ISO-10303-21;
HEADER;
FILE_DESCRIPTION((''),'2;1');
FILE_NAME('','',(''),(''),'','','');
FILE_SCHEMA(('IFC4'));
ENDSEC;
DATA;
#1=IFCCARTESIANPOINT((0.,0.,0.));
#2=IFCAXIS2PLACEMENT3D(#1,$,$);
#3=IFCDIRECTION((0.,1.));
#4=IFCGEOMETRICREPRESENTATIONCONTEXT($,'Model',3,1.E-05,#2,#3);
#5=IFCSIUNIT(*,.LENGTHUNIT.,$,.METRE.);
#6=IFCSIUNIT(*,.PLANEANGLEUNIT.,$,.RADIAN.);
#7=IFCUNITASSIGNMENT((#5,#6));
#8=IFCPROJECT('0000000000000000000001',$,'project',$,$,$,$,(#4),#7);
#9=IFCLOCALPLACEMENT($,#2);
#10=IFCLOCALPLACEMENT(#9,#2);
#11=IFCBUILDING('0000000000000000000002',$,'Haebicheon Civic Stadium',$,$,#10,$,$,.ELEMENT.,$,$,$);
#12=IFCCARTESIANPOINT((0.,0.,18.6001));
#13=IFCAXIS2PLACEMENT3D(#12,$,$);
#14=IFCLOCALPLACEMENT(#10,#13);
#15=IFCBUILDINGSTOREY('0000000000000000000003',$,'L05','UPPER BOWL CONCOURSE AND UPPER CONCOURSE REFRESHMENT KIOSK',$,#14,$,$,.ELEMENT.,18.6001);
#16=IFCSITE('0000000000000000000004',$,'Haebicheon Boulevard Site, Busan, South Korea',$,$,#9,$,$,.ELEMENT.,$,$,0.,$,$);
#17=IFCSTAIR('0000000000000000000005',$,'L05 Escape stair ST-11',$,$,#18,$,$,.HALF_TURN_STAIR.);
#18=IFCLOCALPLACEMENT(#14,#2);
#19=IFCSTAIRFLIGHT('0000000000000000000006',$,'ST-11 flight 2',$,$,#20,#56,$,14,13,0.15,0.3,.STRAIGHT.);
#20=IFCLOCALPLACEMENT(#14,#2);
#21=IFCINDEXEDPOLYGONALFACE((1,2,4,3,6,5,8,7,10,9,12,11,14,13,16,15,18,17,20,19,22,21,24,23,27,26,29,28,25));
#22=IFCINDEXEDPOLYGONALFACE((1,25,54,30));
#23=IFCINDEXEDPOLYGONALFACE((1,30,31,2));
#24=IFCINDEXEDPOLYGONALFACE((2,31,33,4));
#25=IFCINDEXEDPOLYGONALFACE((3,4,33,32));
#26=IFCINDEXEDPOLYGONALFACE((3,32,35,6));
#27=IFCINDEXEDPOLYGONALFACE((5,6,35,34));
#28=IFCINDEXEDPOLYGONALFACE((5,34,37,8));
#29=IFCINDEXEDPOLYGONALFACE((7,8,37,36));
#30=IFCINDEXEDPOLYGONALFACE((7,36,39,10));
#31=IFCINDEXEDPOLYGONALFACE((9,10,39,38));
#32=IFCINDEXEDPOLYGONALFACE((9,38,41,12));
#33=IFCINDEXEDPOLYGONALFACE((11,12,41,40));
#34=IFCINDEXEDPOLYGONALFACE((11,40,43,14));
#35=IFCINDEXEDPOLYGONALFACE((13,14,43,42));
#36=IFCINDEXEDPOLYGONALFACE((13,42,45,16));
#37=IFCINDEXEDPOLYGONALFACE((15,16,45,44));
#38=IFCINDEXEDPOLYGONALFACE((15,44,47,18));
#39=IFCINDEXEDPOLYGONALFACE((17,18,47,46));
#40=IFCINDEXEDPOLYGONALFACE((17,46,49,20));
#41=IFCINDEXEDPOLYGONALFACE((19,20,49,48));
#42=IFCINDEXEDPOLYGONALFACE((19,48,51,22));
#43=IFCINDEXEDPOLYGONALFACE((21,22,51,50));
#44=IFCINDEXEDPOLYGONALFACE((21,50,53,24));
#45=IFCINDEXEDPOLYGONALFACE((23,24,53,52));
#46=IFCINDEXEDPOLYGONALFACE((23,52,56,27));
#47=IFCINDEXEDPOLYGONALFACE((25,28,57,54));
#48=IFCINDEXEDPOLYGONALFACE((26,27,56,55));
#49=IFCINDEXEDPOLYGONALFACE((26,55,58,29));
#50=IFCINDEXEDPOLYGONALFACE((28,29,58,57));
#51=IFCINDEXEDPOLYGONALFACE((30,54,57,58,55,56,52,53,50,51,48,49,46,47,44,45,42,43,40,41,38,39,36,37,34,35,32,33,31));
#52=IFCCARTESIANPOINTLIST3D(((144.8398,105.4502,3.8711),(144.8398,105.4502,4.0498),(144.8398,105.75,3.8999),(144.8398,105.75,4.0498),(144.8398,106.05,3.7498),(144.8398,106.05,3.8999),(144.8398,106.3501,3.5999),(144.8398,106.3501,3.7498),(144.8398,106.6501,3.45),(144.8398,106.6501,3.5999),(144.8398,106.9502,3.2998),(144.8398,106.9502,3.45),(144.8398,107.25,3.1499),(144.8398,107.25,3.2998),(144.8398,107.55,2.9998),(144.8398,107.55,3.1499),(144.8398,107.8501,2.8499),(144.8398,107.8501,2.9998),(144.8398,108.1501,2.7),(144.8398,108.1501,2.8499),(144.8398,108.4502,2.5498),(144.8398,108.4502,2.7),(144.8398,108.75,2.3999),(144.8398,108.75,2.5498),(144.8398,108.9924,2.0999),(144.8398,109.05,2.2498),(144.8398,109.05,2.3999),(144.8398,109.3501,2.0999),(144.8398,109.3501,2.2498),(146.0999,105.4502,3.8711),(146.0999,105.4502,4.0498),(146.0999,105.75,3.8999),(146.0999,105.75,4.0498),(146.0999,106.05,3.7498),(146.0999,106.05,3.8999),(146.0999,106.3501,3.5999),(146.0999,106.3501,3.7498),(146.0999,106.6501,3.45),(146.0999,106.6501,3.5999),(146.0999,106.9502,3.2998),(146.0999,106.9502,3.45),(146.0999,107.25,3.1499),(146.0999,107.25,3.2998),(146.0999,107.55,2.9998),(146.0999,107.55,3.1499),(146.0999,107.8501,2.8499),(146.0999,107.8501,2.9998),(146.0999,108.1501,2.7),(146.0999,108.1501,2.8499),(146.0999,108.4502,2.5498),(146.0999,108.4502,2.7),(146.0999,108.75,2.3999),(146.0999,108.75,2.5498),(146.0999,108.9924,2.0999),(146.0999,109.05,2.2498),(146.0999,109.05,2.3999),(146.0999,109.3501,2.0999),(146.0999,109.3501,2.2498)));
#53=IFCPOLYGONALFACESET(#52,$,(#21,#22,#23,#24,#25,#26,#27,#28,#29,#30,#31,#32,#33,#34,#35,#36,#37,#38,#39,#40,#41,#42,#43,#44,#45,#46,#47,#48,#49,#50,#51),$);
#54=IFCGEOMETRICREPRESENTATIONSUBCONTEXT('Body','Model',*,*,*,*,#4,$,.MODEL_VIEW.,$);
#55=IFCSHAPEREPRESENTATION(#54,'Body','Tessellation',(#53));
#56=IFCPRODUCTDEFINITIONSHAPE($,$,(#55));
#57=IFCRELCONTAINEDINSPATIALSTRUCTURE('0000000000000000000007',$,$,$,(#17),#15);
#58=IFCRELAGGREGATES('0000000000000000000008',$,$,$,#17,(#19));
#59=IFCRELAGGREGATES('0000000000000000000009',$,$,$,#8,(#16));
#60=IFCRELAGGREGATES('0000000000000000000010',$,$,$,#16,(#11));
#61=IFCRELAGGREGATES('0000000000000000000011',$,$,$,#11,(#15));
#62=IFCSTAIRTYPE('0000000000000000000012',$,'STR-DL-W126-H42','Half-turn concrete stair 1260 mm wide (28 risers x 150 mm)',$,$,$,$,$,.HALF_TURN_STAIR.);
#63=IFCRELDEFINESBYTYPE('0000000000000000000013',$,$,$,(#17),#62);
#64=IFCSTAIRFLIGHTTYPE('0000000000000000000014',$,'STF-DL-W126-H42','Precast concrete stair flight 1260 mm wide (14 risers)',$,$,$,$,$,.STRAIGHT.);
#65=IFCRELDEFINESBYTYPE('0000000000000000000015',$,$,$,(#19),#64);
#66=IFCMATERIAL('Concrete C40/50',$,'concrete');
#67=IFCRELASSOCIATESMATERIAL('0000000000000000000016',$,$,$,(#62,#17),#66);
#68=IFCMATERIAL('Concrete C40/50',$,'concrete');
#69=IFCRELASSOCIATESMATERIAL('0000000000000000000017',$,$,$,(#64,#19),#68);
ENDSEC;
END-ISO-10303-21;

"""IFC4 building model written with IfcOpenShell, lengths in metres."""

from ifc_helpers import new_model, si_unit, direction, frame, origin, place, context, subcontext, project, spatial, polyline, outline, extrude, material, type_object, element, aggregate, save


model = new_model("IFC4")

# Units and contexts
model_context = context("Model", 3, precision=1e-05, world=origin(), true_north=direction((0.0, 1.0)))
body_context = subcontext(model_context, "Body", "Model", "MODEL_VIEW")
ifc_project = project(units=[si_unit("LENGTHUNIT", "METRE"), si_unit("PLANEANGLEUNIT", "RADIAN")], contexts=[model_context])

# Site, building, storey
site_placement = place(None, origin())
site = spatial("IfcSite", under=ifc_project, at=site_placement, Name="Haebicheon Boulevard Site, Busan, South Korea", CompositionType="ELEMENT", RefElevation=0.0)
building_placement = place(site_placement, origin())
building = spatial("IfcBuilding", under=site, at=building_placement, Name="Haebicheon Civic Stadium", CompositionType="ELEMENT")
storey_placement = place(building_placement, frame((0.0, 0.0, 18.6001)))
storey = spatial("IfcBuildingStorey", under=building, at=storey_placement, Name="L05", Description="UPPER BOWL CONCOURSE AND UPPER CONCOURSE REFRESHMENT KIOSK", CompositionType="ELEMENT", Elevation=18.6001)

# Stair, stair flight
ifc_material_1 = material(Name="Concrete C40/50", Category="concrete")
stair_type = type_object("IfcStairType", Name="STR-DL-W126-H42", Description="Half-turn concrete stair 1260 mm wide (28 risers x 150 mm)", PredefinedType="HALF_TURN_STAIR", material=ifc_material_1)
stair_placement = place(storey_placement, origin())
stair = element("IfcStair", 1, at=stair_placement, inside=storey, type_object=stair_type, material=ifc_material_1, Name="L05 Escape stair ST-11", PredefinedType="HALF_TURN_STAIR")
ifc_material_2 = material(Name="Concrete C40/50", Category="concrete")
stair_flight_type = type_object("IfcStairFlightType", Name="STF-DL-W126-H42", Description="Precast concrete stair flight 1260 mm wide (14 risers)", PredefinedType="STRAIGHT", material=ifc_material_2)
stair_flight_1_placement = place(storey_placement, frame((145.47, 109.3501, 2.0999), z_axis=(0.0, 0.0, 1.0), x_axis=(0.0, -1.0, 0.0)))
stair_flight_1 = element("IfcStairFlight", 2, at=stair_flight_1_placement, type_object=stair_flight_type, material=ifc_material_2, Name="ST-11 flight 2", NumberOfRisers=14, NumberOfTreads=13, PredefinedType="STRAIGHT", RiserHeight=0.15, TreadLength=0.3, context=body_context, shape_type="SweptSolid", body=[
    extrude(outline(polyline([(0.0, 0.0), (0.0, 0.1499), (0.3, 0.1499), (0.3, 0.3), (0.6001, 0.3), (0.6001, 0.45), (0.8999, 0.45), (0.8999, 0.6001), (1.2, 0.6001), (1.2, 0.75), (1.5, 0.75), (1.5, 0.8999), (1.8, 0.8999), (1.8, 1.05), (2.1001, 1.05), (2.1001, 1.2), (2.3999, 1.2), (2.3999, 1.3501), (2.7, 1.3501), (2.7, 1.5), (3.0, 1.5), (3.0, 1.6499), (3.3, 1.6499), (3.3, 1.8), (3.6001, 1.8), (3.6001, 1.95), (3.8999, 1.95), (3.8999, 2.1001), (3.8999, 1.7712), (0.3577, 0.0), (0.0, 0.0)])), frame((0.0, 0.6299, 0.0), z_axis=(0.0, -1.0, 0.0), x_axis=(1.0, 0.0, 0.0)), (0.0, 0.0, 1.0), 1.26),
])
aggregate(stair, [stair_flight_1])

save(model, "model.ifc")
